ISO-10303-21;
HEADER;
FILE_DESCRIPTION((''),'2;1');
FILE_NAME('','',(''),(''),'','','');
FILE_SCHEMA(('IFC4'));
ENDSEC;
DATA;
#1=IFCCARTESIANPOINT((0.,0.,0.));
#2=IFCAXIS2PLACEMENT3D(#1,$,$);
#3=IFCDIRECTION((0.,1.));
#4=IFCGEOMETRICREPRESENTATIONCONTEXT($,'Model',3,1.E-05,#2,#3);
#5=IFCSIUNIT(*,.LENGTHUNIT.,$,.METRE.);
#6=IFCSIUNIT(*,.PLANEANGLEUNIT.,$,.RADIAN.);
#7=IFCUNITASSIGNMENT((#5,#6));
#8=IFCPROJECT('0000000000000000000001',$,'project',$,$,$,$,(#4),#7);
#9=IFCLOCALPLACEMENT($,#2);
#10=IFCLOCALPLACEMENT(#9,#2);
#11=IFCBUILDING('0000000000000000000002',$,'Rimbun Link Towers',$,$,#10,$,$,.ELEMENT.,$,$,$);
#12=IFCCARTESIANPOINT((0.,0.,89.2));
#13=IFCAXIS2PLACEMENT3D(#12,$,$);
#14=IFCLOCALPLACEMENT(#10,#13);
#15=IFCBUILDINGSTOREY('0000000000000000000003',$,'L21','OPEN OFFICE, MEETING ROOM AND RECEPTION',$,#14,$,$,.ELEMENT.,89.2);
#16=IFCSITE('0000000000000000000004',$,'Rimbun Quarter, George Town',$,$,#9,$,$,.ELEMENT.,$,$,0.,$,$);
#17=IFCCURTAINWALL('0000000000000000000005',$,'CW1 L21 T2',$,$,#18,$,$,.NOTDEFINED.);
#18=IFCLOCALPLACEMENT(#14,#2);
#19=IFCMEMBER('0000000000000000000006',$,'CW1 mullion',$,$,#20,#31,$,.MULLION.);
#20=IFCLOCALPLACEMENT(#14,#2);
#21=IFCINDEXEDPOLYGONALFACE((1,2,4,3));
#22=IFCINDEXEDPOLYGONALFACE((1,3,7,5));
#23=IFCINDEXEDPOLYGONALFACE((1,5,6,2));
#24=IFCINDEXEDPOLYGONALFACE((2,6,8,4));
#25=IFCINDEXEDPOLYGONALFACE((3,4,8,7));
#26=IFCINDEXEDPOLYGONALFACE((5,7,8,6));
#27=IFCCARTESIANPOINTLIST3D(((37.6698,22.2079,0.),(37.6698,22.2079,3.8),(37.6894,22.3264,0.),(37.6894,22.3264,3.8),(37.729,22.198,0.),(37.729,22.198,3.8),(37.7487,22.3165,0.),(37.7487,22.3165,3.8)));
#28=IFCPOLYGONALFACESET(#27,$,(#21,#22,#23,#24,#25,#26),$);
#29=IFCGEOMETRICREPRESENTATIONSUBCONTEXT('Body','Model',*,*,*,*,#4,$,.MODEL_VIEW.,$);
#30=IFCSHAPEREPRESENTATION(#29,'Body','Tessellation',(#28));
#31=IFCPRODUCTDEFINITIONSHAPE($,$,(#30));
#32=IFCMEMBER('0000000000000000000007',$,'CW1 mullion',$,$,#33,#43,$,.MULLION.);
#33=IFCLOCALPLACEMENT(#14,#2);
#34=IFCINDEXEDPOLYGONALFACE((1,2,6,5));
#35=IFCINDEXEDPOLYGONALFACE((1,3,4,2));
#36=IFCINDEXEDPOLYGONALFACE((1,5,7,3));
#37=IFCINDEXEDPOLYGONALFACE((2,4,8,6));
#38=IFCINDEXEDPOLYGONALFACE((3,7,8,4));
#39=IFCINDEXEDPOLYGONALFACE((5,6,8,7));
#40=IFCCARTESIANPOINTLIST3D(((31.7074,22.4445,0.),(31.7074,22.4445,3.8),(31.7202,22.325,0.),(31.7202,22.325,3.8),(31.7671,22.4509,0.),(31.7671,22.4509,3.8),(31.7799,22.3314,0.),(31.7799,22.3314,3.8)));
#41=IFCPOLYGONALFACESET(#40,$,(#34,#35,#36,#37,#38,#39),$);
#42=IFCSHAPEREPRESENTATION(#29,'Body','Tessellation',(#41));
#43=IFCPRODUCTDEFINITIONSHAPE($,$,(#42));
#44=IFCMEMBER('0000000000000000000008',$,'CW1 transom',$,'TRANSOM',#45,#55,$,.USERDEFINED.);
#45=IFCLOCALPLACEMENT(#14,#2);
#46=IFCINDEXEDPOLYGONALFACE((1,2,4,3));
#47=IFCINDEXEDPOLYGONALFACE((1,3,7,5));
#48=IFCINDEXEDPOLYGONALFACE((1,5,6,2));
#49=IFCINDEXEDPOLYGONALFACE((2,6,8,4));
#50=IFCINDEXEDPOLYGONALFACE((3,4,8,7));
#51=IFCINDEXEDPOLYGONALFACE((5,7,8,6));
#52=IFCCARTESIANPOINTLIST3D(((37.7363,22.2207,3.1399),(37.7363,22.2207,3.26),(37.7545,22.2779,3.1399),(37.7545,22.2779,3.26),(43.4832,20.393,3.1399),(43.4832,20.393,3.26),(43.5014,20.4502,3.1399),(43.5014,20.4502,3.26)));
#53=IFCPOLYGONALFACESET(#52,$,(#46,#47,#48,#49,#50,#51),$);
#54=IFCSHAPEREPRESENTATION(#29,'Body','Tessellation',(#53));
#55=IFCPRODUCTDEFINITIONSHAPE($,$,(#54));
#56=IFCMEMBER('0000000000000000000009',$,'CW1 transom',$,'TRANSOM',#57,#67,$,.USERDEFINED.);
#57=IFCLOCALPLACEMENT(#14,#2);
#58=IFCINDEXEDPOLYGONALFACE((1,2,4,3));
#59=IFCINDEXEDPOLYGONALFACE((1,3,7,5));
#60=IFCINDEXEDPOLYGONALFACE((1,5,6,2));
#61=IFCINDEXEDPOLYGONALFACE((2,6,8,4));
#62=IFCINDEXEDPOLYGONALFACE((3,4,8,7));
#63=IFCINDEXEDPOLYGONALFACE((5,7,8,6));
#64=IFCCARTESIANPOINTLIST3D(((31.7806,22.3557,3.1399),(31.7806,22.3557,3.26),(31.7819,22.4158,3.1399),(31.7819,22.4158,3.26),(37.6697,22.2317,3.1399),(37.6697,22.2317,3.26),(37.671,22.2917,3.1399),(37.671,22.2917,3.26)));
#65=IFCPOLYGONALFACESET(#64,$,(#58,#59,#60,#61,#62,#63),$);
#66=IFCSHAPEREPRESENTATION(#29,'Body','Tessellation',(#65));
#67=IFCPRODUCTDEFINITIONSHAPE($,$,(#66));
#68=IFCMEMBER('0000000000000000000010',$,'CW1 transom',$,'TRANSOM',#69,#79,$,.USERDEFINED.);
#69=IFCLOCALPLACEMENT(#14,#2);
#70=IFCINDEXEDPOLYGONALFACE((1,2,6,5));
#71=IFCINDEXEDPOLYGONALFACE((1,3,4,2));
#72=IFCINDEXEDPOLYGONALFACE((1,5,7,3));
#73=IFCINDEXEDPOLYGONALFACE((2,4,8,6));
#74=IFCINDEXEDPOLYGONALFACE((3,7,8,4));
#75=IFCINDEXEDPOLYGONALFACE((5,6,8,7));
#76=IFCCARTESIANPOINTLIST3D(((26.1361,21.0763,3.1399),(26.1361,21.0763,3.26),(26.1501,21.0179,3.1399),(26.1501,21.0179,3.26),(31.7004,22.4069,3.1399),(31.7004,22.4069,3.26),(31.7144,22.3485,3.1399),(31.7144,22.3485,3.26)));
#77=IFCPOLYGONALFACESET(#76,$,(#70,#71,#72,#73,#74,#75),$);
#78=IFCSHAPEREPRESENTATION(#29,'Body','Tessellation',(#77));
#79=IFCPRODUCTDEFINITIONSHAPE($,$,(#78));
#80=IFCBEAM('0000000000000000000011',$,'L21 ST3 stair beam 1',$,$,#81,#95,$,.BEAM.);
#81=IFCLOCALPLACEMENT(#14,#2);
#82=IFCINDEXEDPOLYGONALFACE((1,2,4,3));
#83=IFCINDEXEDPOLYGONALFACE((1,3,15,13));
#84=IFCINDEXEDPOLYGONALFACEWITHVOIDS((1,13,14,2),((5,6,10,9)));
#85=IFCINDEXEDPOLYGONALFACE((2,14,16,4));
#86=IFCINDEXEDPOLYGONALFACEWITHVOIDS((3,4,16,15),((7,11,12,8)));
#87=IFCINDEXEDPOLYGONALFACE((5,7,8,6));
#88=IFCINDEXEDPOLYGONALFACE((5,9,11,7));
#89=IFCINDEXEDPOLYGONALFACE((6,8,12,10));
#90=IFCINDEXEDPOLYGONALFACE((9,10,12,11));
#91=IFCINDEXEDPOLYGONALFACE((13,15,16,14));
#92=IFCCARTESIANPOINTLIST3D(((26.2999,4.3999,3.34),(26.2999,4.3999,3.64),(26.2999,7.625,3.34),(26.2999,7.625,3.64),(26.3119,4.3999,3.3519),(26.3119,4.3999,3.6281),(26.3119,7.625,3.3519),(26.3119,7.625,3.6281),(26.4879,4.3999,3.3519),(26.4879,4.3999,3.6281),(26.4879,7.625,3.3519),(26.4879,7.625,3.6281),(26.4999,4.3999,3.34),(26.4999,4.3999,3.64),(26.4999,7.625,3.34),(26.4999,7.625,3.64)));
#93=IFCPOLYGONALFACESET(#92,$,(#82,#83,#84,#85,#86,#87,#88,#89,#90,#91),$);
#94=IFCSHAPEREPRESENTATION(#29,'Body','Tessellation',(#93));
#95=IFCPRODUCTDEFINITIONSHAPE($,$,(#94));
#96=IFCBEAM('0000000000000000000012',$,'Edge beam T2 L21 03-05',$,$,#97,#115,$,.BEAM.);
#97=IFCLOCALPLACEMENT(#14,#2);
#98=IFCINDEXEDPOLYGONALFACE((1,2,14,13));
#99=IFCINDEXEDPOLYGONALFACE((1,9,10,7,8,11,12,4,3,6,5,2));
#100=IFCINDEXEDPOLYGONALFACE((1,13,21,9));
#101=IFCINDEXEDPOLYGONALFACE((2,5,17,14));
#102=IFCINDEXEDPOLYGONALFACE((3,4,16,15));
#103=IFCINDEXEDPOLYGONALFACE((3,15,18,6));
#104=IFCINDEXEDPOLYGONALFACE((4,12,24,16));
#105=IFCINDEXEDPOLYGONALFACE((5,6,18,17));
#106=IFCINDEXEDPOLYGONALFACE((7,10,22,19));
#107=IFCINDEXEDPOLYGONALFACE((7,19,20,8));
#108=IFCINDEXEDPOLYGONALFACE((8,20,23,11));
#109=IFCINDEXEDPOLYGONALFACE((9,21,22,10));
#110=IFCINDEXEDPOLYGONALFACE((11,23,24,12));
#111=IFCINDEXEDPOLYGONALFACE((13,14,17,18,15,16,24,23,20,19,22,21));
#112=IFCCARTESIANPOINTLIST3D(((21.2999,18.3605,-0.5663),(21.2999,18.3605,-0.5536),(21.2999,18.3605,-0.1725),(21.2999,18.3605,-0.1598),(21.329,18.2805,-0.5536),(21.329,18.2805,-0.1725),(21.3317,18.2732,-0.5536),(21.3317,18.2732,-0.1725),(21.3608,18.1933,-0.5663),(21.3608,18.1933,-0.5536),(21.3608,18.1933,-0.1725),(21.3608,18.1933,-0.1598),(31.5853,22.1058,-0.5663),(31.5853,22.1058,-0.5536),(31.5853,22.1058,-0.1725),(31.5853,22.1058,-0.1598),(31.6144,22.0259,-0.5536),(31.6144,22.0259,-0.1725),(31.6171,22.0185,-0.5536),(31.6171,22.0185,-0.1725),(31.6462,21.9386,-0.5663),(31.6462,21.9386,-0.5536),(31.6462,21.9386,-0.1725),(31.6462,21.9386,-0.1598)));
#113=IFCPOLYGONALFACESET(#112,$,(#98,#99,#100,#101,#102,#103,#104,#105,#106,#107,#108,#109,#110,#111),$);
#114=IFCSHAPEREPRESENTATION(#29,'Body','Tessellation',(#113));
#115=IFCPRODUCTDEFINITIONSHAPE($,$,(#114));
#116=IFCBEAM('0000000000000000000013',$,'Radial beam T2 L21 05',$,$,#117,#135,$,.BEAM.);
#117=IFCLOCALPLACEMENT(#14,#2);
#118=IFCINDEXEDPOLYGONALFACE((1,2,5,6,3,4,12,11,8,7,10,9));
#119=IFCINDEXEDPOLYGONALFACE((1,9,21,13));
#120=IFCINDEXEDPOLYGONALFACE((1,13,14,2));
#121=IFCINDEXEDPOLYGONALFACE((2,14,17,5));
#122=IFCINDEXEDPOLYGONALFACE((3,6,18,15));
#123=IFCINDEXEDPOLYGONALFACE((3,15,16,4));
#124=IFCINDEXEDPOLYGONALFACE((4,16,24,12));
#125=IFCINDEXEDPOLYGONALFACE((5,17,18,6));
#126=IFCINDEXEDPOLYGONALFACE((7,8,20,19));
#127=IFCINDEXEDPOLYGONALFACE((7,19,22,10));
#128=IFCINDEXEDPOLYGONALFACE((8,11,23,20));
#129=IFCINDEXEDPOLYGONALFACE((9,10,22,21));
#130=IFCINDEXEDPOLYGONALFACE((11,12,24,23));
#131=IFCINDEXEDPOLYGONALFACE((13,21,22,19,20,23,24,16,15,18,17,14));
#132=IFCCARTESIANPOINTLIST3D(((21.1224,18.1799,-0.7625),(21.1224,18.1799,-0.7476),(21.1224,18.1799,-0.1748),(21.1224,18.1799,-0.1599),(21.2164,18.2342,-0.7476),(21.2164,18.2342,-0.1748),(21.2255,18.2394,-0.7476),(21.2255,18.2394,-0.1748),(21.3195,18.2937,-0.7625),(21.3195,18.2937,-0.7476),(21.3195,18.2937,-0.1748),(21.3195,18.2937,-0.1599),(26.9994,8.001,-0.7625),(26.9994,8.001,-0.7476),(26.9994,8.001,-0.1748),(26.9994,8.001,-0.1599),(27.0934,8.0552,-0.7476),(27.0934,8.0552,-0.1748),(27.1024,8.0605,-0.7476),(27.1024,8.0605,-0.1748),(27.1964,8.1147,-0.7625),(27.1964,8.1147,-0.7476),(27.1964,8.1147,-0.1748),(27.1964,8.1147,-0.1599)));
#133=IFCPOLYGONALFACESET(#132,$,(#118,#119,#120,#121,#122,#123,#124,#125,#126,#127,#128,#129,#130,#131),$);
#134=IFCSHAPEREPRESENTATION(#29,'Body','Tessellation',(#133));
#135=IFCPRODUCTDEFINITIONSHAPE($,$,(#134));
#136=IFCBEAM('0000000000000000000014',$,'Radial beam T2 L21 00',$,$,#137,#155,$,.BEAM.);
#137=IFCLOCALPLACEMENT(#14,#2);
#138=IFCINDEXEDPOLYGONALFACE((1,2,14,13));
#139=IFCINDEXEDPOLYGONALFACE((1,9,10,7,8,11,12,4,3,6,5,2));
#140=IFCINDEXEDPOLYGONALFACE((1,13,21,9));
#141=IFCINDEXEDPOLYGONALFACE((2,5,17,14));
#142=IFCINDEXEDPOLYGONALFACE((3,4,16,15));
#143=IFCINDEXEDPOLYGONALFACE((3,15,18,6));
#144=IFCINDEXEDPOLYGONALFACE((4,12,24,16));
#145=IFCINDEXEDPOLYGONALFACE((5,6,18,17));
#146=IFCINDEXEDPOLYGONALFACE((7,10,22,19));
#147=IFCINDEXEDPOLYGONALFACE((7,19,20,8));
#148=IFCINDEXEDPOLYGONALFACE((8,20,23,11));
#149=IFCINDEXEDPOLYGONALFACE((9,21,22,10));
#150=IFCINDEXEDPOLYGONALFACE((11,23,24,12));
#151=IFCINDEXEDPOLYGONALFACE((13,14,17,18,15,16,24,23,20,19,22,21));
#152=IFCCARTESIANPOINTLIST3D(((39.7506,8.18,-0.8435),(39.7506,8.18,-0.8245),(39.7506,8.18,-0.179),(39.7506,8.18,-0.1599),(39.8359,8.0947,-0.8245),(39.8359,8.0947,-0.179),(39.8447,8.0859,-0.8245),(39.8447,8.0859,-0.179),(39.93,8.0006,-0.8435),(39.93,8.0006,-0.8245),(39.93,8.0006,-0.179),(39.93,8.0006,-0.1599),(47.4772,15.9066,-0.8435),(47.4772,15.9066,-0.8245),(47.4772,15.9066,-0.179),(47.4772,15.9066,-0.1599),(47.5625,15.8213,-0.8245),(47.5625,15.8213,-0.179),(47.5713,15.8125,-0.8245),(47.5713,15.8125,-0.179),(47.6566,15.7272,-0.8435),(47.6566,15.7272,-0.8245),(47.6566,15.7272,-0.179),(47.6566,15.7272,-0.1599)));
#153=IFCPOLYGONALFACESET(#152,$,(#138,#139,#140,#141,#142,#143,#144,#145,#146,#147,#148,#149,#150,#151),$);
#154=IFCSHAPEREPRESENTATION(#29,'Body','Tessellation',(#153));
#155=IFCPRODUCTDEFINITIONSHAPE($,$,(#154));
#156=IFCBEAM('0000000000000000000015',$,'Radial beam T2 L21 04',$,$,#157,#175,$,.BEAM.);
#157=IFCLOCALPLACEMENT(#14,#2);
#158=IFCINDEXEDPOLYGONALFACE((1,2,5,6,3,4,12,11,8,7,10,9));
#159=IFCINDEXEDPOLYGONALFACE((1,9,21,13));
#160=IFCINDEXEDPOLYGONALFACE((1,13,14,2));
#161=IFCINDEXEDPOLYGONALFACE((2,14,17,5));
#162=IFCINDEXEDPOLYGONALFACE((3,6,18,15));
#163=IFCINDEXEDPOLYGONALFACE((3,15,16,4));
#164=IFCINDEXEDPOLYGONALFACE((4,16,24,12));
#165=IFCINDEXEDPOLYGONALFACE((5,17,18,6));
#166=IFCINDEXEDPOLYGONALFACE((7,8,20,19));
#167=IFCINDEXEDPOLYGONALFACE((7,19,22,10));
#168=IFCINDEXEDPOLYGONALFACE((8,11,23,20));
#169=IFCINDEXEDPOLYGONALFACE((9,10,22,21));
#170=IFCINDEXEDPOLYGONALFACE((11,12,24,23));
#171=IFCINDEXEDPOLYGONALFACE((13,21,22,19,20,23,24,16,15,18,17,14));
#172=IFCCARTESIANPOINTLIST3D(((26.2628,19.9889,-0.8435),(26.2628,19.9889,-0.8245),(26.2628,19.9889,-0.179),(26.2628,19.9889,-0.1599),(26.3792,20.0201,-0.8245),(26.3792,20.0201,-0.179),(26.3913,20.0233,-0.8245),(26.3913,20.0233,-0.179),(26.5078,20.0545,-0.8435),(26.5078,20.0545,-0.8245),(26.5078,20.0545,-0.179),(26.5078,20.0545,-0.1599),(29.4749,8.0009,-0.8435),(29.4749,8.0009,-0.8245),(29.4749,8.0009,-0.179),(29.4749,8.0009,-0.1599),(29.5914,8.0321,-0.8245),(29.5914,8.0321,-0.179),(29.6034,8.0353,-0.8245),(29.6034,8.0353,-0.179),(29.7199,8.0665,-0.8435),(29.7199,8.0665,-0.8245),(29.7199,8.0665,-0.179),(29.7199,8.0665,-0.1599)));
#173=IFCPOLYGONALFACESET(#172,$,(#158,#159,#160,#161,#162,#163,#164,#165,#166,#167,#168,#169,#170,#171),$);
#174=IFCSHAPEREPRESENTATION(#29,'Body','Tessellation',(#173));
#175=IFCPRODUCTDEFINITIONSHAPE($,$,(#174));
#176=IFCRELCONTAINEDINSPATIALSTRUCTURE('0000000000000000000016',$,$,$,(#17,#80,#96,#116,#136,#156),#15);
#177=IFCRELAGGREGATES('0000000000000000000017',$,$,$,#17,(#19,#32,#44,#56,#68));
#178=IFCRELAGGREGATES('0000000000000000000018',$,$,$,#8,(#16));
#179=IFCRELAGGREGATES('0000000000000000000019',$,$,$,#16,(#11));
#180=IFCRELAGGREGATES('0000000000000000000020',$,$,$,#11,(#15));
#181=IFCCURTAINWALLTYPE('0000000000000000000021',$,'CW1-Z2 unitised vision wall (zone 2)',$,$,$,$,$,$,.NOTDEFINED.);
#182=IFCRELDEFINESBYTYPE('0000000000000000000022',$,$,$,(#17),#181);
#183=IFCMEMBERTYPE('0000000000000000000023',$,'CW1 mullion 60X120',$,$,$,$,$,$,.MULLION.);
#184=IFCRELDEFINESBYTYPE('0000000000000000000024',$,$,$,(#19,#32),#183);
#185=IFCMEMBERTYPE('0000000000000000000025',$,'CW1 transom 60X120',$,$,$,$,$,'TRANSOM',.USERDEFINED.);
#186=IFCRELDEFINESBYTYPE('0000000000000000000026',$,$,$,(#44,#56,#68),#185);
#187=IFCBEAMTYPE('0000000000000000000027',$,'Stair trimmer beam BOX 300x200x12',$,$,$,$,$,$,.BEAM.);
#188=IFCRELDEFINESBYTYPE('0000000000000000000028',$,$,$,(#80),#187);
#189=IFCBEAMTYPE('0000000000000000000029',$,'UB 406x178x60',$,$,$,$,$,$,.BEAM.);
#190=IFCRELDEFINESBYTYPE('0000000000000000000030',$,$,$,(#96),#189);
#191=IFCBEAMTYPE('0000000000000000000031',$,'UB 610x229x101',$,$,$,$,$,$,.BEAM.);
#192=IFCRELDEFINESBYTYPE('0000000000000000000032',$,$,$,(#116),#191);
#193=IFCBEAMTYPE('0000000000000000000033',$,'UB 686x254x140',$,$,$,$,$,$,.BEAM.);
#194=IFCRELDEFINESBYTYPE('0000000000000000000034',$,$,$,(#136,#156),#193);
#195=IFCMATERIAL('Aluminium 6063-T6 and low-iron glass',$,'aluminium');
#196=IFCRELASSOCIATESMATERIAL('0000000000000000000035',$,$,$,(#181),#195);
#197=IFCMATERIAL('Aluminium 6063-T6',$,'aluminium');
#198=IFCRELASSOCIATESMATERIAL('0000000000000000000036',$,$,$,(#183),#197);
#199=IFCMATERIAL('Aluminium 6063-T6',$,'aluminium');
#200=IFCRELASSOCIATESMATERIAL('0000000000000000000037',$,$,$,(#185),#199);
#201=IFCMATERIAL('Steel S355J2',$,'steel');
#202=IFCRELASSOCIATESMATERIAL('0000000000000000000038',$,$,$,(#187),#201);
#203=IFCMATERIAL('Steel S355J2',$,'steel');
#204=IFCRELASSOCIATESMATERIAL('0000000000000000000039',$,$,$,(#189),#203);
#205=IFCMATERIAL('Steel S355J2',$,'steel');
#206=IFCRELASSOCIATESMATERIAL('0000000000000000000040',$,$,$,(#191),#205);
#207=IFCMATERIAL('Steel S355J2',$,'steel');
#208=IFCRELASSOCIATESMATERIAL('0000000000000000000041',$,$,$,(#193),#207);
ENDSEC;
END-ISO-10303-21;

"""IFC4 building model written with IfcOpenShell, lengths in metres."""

from ifc_helpers import new_model, si_unit, direction, frame, origin, origin_2d, place, context, subcontext, project, spatial, rectangle, hollow_rectangle, i_section, extrude, material, material_profile, profile_set, type_object, element, aggregate, save


model = new_model("IFC4")

# Units and contexts
model_context = context("Model", 3, precision=1e-05, world=origin(), true_north=direction((0.0, 1.0)))
body_context = subcontext(model_context, "Body", "Model", "MODEL_VIEW")
ifc_project = project(units=[si_unit("LENGTHUNIT", "METRE"), si_unit("PLANEANGLEUNIT", "RADIAN")], contexts=[model_context])

# Site, building, storey
site_placement = place(None, origin())
site = spatial("IfcSite", under=ifc_project, at=site_placement, Name="Rimbun Quarter, George Town", CompositionType="ELEMENT", RefElevation=0.0)
building_placement = place(site_placement, origin())
building = spatial("IfcBuilding", under=site, at=building_placement, Name="Rimbun Link Towers", CompositionType="ELEMENT")
storey_placement = place(building_placement, frame((0.0, 0.0, 89.2)))
storey = spatial("IfcBuildingStorey", under=building, at=storey_placement, Name="L21", Description="OPEN OFFICE, MEETING ROOM AND RECEPTION", CompositionType="ELEMENT", Elevation=89.2)

# Curtain wall, members
ifc_material_1 = material(Name="Aluminium 6063-T6 and low-iron glass", Category="aluminium")
curtain_wall_type = type_object("IfcCurtainWallType", Name="CW1-Z2 unitised vision wall (zone 2)", PredefinedType="NOTDEFINED", material=ifc_material_1)
curtain_wall_placement = place(storey_placement, origin())
curtain_wall = element("IfcCurtainWall", 1, at=curtain_wall_placement, inside=storey, type_object=curtain_wall_type, Name="CW1 L21 T2", PredefinedType="NOTDEFINED")
ifc_material_2 = material(Name="Aluminium 6063-T6", Category="aluminium")
ifc_material_profile_1 = material_profile(ifc_material_2, rectangle(XDim=0.1201, YDim=0.0601, at=origin_2d()), Name="MULLION 60X120")
ifc_profile_set_1 = profile_set([ifc_material_profile_1], Name="Aluminium 6063-T6")
member_type_1 = type_object("IfcMemberType", Name="CW1 mullion 60X120", PredefinedType="MULLION", material=ifc_profile_set_1)
member_1_placement = place(storey_placement, frame((37.7092, 22.2622, 0.0), z_axis=(0.0, 0.0, 1.0), x_axis=(0.163745, 0.986503, 0.0)))
member_1 = element("IfcMember", 2, at=member_1_placement, type_object=member_type_1, Name="CW1 mullion", PredefinedType="MULLION", context=body_context, shape_type="SweptSolid", body=[
    extrude(rectangle(XDim=0.1201, YDim=0.0601, at=origin_2d()), origin(), (0.0, 0.0, 1.0), 3.8),
])
member_2_placement = place(storey_placement, frame((31.7437, 22.3879, 0.0), z_axis=(0.0, 0.0, 1.0), x_axis=(-0.106635, 0.994298, 0.0)))
member_2 = element("IfcMember", 3, at=member_2_placement, type_object=member_type_1, Name="CW1 mullion", PredefinedType="MULLION", context=body_context, shape_type="SweptSolid", body=[
    extrude(rectangle(XDim=0.1201, YDim=0.0601, at=origin_2d()), origin(), (0.0, 0.0, 1.0), 3.8),
])
ifc_material_3 = material(Name="Aluminium 6063-T6", Category="aluminium")
ifc_material_profile_2 = material_profile(ifc_material_3, rectangle(XDim=0.0601, YDim=0.1201, at=origin_2d()), Name="TRANSOM 60X120")
ifc_profile_set_2 = profile_set([ifc_material_profile_2], Name="Aluminium 6063-T6")
member_type_2 = type_object("IfcMemberType", Name="CW1 transom 60X120", ElementType="TRANSOM", PredefinedType="USERDEFINED", material=ifc_profile_set_2)
member_3_placement = place(storey_placement, frame((37.7454, 22.2493, 3.2), z_axis=(0.952969, -0.303068, 0.0), x_axis=(0.303068, 0.952969, 0.0)))
member_3 = element("IfcMember", 4, at=member_3_placement, type_object=member_type_2, Name="CW1 transom", ObjectType="TRANSOM", PredefinedType="USERDEFINED", context=body_context, shape_type="SweptSolid", body=[
    extrude(rectangle(XDim=0.0601, YDim=0.1201, at=origin_2d()), origin(), (0.0, 0.0, 1.0), 6.0305),
])
member_4_placement = place(storey_placement, frame((31.7812, 22.3857, 3.2), z_axis=(0.999778, -0.021055, 0.0), x_axis=(0.021055, 0.999778, 0.0)))
member_4 = element("IfcMember", 5, at=member_4_placement, type_object=member_type_2, Name="CW1 transom", ObjectType="TRANSOM", PredefinedType="USERDEFINED", context=body_context, shape_type="SweptSolid", body=[
    extrude(rectangle(XDim=0.0601, YDim=0.1201, at=origin_2d()), origin(), (0.0, 0.0, 1.0), 5.8904),
])
member_5_placement = place(storey_placement, frame((26.1431, 21.0471, 3.2), z_axis=(0.972579, 0.232572, 0.0), x_axis=(-0.232572, 0.972579, 0.0)))
member_5 = element("IfcMember", 6, at=member_5_placement, type_object=member_type_2, Name="CW1 transom", ObjectType="TRANSOM", PredefinedType="USERDEFINED", context=body_context, shape_type="SweptSolid", body=[
    extrude(rectangle(XDim=0.0601, YDim=0.1201, at=origin_2d()), origin(), (0.0, 0.0, 1.0), 5.7212),
])

# Beams
ifc_material_4 = material(Name="Steel S355J2", Category="steel")
ifc_material_profile_3 = material_profile(ifc_material_4, hollow_rectangle(XDim=0.2, YDim=0.3, WallThickness=0.012, at=origin_2d()), Name="BOX 300x200x12")
ifc_profile_set_3 = profile_set([ifc_material_profile_3], Name="Steel S355J2")
beam_type_1 = type_object("IfcBeamType", Name="Stair trimmer beam BOX 300x200x12", PredefinedType="BEAM", material=ifc_profile_set_3)
beam_1_placement = place(storey_placement, frame((26.3999, 7.625, 3.49), z_axis=(0.0, -1.0, 0.0), x_axis=(1.0, 0.0, 0.0)))
element("IfcBeam", 7, at=beam_1_placement, inside=storey, type_object=beam_type_1, Name="L21 ST3 stair beam 1", PredefinedType="BEAM", context=body_context, shape_type="SweptSolid", body=[
    extrude(hollow_rectangle(XDim=0.2, YDim=0.3, WallThickness=0.012, at=origin_2d()), origin(), (0.0, 0.0, 1.0), 3.2251),
])
ifc_material_5 = material(Name="Steel S355J2", Category="steel")
ifc_material_profile_4 = material_profile(ifc_material_5, i_section(OverallWidth=0.178, OverallDepth=0.4065, WebThickness=0.0078, FlangeThickness=0.0127, at=origin_2d()), Name="UB 406x178x60")
ifc_profile_set_4 = profile_set([ifc_material_profile_4], Name="Steel S355J2")
beam_type_2 = type_object("IfcBeamType", Name="UB 406x178x60", PredefinedType="BEAM", material=ifc_profile_set_4)
beam_2_placement = place(storey_placement, frame((31.6157, 22.0222, -0.363), z_axis=(-0.93964, -0.342164, 0.0), x_axis=(0.342164, -0.93964, 0.0)))
element("IfcBeam", 8, at=beam_2_placement, inside=storey, type_object=beam_type_2, Name="Edge beam T2 L21 03-05", PredefinedType="BEAM", context=body_context, shape_type="SweptSolid", body=[
    extrude(i_section(OverallWidth=0.178, OverallDepth=0.4065, WebThickness=0.0078, FlangeThickness=0.0127, at=origin_2d()), origin(), (0.0, 0.0, 1.0), 10.946),
])
ifc_material_6 = material(Name="Steel S355J2", Category="steel")
ifc_material_profile_5 = material_profile(ifc_material_6, i_section(OverallWidth=0.2275, OverallDepth=0.6025, WebThickness=0.0105, FlangeThickness=0.0149, at=origin_2d()), Name="UB 610x229x101")
ifc_profile_set_5 = profile_set([ifc_material_profile_5], Name="Steel S355J2")
beam_type_3 = type_object("IfcBeamType", Name="UB 610x229x101", PredefinedType="BEAM", material=ifc_profile_set_5)
beam_3_placement = place(storey_placement, frame((27.0979, 8.0579, -0.4612), z_axis=(-0.500008, 0.866021, 0.0), x_axis=(-0.866021, -0.500008, 0.0)))
element("IfcBeam", 9, at=beam_3_placement, inside=storey, type_object=beam_type_3, Name="Radial beam T2 L21 05", PredefinedType="BEAM", context=body_context, shape_type="SweptSolid", body=[
    extrude(i_section(OverallWidth=0.2275, OverallDepth=0.6025, WebThickness=0.0105, FlangeThickness=0.0149, at=origin_2d()), origin(), (0.0, 0.0, 1.0), 11.7537),
])
ifc_material_7 = material(Name="Steel S355J2", Category="steel")
ifc_material_profile_6 = material_profile(ifc_material_7, i_section(OverallWidth=0.2537, OverallDepth=0.6836, WebThickness=0.0125, FlangeThickness=0.019, at=origin_2d()), Name="UB 686x254x140")
ifc_profile_set_6 = profile_set([ifc_material_profile_6], Name="Steel S355J2")
beam_type_4 = type_object("IfcBeamType", Name="UB 686x254x140", PredefinedType="BEAM", material=ifc_profile_set_6)
beam_4_placement = place(storey_placement, frame((39.8403, 8.0903, -0.5017), z_axis=(0.707107, 0.707107, 0.0), x_axis=(-0.707107, 0.707107, 0.0)))
element("IfcBeam", 10, at=beam_4_placement, inside=storey, type_object=beam_type_4, Name="Radial beam T2 L21 00", PredefinedType="BEAM", context=body_context, shape_type="SweptSolid", body=[
    extrude(i_section(OverallWidth=0.2537, OverallDepth=0.6836, WebThickness=0.0125, FlangeThickness=0.019, at=origin_2d()), origin(), (0.0, 0.0, 1.0), 10.927),
])
beam_5_placement = place(storey_placement, frame((29.5974, 8.0337, -0.5017), z_axis=(-0.258817, 0.965926, 0.0), x_axis=(-0.965926, -0.258817, 0.0)))
element("IfcBeam", 11, at=beam_5_placement, inside=storey, type_object=beam_type_4, Name="Radial beam T2 L21 04", PredefinedType="BEAM", context=body_context, shape_type="SweptSolid", body=[
    extrude(i_section(OverallWidth=0.2537, OverallDepth=0.6836, WebThickness=0.0125, FlangeThickness=0.019, at=origin_2d()), origin(), (0.0, 0.0, 1.0), 12.4109),
])

aggregate(curtain_wall, [member_1, member_2, member_3, member_4, member_5])

save(model, "model.ifc")
